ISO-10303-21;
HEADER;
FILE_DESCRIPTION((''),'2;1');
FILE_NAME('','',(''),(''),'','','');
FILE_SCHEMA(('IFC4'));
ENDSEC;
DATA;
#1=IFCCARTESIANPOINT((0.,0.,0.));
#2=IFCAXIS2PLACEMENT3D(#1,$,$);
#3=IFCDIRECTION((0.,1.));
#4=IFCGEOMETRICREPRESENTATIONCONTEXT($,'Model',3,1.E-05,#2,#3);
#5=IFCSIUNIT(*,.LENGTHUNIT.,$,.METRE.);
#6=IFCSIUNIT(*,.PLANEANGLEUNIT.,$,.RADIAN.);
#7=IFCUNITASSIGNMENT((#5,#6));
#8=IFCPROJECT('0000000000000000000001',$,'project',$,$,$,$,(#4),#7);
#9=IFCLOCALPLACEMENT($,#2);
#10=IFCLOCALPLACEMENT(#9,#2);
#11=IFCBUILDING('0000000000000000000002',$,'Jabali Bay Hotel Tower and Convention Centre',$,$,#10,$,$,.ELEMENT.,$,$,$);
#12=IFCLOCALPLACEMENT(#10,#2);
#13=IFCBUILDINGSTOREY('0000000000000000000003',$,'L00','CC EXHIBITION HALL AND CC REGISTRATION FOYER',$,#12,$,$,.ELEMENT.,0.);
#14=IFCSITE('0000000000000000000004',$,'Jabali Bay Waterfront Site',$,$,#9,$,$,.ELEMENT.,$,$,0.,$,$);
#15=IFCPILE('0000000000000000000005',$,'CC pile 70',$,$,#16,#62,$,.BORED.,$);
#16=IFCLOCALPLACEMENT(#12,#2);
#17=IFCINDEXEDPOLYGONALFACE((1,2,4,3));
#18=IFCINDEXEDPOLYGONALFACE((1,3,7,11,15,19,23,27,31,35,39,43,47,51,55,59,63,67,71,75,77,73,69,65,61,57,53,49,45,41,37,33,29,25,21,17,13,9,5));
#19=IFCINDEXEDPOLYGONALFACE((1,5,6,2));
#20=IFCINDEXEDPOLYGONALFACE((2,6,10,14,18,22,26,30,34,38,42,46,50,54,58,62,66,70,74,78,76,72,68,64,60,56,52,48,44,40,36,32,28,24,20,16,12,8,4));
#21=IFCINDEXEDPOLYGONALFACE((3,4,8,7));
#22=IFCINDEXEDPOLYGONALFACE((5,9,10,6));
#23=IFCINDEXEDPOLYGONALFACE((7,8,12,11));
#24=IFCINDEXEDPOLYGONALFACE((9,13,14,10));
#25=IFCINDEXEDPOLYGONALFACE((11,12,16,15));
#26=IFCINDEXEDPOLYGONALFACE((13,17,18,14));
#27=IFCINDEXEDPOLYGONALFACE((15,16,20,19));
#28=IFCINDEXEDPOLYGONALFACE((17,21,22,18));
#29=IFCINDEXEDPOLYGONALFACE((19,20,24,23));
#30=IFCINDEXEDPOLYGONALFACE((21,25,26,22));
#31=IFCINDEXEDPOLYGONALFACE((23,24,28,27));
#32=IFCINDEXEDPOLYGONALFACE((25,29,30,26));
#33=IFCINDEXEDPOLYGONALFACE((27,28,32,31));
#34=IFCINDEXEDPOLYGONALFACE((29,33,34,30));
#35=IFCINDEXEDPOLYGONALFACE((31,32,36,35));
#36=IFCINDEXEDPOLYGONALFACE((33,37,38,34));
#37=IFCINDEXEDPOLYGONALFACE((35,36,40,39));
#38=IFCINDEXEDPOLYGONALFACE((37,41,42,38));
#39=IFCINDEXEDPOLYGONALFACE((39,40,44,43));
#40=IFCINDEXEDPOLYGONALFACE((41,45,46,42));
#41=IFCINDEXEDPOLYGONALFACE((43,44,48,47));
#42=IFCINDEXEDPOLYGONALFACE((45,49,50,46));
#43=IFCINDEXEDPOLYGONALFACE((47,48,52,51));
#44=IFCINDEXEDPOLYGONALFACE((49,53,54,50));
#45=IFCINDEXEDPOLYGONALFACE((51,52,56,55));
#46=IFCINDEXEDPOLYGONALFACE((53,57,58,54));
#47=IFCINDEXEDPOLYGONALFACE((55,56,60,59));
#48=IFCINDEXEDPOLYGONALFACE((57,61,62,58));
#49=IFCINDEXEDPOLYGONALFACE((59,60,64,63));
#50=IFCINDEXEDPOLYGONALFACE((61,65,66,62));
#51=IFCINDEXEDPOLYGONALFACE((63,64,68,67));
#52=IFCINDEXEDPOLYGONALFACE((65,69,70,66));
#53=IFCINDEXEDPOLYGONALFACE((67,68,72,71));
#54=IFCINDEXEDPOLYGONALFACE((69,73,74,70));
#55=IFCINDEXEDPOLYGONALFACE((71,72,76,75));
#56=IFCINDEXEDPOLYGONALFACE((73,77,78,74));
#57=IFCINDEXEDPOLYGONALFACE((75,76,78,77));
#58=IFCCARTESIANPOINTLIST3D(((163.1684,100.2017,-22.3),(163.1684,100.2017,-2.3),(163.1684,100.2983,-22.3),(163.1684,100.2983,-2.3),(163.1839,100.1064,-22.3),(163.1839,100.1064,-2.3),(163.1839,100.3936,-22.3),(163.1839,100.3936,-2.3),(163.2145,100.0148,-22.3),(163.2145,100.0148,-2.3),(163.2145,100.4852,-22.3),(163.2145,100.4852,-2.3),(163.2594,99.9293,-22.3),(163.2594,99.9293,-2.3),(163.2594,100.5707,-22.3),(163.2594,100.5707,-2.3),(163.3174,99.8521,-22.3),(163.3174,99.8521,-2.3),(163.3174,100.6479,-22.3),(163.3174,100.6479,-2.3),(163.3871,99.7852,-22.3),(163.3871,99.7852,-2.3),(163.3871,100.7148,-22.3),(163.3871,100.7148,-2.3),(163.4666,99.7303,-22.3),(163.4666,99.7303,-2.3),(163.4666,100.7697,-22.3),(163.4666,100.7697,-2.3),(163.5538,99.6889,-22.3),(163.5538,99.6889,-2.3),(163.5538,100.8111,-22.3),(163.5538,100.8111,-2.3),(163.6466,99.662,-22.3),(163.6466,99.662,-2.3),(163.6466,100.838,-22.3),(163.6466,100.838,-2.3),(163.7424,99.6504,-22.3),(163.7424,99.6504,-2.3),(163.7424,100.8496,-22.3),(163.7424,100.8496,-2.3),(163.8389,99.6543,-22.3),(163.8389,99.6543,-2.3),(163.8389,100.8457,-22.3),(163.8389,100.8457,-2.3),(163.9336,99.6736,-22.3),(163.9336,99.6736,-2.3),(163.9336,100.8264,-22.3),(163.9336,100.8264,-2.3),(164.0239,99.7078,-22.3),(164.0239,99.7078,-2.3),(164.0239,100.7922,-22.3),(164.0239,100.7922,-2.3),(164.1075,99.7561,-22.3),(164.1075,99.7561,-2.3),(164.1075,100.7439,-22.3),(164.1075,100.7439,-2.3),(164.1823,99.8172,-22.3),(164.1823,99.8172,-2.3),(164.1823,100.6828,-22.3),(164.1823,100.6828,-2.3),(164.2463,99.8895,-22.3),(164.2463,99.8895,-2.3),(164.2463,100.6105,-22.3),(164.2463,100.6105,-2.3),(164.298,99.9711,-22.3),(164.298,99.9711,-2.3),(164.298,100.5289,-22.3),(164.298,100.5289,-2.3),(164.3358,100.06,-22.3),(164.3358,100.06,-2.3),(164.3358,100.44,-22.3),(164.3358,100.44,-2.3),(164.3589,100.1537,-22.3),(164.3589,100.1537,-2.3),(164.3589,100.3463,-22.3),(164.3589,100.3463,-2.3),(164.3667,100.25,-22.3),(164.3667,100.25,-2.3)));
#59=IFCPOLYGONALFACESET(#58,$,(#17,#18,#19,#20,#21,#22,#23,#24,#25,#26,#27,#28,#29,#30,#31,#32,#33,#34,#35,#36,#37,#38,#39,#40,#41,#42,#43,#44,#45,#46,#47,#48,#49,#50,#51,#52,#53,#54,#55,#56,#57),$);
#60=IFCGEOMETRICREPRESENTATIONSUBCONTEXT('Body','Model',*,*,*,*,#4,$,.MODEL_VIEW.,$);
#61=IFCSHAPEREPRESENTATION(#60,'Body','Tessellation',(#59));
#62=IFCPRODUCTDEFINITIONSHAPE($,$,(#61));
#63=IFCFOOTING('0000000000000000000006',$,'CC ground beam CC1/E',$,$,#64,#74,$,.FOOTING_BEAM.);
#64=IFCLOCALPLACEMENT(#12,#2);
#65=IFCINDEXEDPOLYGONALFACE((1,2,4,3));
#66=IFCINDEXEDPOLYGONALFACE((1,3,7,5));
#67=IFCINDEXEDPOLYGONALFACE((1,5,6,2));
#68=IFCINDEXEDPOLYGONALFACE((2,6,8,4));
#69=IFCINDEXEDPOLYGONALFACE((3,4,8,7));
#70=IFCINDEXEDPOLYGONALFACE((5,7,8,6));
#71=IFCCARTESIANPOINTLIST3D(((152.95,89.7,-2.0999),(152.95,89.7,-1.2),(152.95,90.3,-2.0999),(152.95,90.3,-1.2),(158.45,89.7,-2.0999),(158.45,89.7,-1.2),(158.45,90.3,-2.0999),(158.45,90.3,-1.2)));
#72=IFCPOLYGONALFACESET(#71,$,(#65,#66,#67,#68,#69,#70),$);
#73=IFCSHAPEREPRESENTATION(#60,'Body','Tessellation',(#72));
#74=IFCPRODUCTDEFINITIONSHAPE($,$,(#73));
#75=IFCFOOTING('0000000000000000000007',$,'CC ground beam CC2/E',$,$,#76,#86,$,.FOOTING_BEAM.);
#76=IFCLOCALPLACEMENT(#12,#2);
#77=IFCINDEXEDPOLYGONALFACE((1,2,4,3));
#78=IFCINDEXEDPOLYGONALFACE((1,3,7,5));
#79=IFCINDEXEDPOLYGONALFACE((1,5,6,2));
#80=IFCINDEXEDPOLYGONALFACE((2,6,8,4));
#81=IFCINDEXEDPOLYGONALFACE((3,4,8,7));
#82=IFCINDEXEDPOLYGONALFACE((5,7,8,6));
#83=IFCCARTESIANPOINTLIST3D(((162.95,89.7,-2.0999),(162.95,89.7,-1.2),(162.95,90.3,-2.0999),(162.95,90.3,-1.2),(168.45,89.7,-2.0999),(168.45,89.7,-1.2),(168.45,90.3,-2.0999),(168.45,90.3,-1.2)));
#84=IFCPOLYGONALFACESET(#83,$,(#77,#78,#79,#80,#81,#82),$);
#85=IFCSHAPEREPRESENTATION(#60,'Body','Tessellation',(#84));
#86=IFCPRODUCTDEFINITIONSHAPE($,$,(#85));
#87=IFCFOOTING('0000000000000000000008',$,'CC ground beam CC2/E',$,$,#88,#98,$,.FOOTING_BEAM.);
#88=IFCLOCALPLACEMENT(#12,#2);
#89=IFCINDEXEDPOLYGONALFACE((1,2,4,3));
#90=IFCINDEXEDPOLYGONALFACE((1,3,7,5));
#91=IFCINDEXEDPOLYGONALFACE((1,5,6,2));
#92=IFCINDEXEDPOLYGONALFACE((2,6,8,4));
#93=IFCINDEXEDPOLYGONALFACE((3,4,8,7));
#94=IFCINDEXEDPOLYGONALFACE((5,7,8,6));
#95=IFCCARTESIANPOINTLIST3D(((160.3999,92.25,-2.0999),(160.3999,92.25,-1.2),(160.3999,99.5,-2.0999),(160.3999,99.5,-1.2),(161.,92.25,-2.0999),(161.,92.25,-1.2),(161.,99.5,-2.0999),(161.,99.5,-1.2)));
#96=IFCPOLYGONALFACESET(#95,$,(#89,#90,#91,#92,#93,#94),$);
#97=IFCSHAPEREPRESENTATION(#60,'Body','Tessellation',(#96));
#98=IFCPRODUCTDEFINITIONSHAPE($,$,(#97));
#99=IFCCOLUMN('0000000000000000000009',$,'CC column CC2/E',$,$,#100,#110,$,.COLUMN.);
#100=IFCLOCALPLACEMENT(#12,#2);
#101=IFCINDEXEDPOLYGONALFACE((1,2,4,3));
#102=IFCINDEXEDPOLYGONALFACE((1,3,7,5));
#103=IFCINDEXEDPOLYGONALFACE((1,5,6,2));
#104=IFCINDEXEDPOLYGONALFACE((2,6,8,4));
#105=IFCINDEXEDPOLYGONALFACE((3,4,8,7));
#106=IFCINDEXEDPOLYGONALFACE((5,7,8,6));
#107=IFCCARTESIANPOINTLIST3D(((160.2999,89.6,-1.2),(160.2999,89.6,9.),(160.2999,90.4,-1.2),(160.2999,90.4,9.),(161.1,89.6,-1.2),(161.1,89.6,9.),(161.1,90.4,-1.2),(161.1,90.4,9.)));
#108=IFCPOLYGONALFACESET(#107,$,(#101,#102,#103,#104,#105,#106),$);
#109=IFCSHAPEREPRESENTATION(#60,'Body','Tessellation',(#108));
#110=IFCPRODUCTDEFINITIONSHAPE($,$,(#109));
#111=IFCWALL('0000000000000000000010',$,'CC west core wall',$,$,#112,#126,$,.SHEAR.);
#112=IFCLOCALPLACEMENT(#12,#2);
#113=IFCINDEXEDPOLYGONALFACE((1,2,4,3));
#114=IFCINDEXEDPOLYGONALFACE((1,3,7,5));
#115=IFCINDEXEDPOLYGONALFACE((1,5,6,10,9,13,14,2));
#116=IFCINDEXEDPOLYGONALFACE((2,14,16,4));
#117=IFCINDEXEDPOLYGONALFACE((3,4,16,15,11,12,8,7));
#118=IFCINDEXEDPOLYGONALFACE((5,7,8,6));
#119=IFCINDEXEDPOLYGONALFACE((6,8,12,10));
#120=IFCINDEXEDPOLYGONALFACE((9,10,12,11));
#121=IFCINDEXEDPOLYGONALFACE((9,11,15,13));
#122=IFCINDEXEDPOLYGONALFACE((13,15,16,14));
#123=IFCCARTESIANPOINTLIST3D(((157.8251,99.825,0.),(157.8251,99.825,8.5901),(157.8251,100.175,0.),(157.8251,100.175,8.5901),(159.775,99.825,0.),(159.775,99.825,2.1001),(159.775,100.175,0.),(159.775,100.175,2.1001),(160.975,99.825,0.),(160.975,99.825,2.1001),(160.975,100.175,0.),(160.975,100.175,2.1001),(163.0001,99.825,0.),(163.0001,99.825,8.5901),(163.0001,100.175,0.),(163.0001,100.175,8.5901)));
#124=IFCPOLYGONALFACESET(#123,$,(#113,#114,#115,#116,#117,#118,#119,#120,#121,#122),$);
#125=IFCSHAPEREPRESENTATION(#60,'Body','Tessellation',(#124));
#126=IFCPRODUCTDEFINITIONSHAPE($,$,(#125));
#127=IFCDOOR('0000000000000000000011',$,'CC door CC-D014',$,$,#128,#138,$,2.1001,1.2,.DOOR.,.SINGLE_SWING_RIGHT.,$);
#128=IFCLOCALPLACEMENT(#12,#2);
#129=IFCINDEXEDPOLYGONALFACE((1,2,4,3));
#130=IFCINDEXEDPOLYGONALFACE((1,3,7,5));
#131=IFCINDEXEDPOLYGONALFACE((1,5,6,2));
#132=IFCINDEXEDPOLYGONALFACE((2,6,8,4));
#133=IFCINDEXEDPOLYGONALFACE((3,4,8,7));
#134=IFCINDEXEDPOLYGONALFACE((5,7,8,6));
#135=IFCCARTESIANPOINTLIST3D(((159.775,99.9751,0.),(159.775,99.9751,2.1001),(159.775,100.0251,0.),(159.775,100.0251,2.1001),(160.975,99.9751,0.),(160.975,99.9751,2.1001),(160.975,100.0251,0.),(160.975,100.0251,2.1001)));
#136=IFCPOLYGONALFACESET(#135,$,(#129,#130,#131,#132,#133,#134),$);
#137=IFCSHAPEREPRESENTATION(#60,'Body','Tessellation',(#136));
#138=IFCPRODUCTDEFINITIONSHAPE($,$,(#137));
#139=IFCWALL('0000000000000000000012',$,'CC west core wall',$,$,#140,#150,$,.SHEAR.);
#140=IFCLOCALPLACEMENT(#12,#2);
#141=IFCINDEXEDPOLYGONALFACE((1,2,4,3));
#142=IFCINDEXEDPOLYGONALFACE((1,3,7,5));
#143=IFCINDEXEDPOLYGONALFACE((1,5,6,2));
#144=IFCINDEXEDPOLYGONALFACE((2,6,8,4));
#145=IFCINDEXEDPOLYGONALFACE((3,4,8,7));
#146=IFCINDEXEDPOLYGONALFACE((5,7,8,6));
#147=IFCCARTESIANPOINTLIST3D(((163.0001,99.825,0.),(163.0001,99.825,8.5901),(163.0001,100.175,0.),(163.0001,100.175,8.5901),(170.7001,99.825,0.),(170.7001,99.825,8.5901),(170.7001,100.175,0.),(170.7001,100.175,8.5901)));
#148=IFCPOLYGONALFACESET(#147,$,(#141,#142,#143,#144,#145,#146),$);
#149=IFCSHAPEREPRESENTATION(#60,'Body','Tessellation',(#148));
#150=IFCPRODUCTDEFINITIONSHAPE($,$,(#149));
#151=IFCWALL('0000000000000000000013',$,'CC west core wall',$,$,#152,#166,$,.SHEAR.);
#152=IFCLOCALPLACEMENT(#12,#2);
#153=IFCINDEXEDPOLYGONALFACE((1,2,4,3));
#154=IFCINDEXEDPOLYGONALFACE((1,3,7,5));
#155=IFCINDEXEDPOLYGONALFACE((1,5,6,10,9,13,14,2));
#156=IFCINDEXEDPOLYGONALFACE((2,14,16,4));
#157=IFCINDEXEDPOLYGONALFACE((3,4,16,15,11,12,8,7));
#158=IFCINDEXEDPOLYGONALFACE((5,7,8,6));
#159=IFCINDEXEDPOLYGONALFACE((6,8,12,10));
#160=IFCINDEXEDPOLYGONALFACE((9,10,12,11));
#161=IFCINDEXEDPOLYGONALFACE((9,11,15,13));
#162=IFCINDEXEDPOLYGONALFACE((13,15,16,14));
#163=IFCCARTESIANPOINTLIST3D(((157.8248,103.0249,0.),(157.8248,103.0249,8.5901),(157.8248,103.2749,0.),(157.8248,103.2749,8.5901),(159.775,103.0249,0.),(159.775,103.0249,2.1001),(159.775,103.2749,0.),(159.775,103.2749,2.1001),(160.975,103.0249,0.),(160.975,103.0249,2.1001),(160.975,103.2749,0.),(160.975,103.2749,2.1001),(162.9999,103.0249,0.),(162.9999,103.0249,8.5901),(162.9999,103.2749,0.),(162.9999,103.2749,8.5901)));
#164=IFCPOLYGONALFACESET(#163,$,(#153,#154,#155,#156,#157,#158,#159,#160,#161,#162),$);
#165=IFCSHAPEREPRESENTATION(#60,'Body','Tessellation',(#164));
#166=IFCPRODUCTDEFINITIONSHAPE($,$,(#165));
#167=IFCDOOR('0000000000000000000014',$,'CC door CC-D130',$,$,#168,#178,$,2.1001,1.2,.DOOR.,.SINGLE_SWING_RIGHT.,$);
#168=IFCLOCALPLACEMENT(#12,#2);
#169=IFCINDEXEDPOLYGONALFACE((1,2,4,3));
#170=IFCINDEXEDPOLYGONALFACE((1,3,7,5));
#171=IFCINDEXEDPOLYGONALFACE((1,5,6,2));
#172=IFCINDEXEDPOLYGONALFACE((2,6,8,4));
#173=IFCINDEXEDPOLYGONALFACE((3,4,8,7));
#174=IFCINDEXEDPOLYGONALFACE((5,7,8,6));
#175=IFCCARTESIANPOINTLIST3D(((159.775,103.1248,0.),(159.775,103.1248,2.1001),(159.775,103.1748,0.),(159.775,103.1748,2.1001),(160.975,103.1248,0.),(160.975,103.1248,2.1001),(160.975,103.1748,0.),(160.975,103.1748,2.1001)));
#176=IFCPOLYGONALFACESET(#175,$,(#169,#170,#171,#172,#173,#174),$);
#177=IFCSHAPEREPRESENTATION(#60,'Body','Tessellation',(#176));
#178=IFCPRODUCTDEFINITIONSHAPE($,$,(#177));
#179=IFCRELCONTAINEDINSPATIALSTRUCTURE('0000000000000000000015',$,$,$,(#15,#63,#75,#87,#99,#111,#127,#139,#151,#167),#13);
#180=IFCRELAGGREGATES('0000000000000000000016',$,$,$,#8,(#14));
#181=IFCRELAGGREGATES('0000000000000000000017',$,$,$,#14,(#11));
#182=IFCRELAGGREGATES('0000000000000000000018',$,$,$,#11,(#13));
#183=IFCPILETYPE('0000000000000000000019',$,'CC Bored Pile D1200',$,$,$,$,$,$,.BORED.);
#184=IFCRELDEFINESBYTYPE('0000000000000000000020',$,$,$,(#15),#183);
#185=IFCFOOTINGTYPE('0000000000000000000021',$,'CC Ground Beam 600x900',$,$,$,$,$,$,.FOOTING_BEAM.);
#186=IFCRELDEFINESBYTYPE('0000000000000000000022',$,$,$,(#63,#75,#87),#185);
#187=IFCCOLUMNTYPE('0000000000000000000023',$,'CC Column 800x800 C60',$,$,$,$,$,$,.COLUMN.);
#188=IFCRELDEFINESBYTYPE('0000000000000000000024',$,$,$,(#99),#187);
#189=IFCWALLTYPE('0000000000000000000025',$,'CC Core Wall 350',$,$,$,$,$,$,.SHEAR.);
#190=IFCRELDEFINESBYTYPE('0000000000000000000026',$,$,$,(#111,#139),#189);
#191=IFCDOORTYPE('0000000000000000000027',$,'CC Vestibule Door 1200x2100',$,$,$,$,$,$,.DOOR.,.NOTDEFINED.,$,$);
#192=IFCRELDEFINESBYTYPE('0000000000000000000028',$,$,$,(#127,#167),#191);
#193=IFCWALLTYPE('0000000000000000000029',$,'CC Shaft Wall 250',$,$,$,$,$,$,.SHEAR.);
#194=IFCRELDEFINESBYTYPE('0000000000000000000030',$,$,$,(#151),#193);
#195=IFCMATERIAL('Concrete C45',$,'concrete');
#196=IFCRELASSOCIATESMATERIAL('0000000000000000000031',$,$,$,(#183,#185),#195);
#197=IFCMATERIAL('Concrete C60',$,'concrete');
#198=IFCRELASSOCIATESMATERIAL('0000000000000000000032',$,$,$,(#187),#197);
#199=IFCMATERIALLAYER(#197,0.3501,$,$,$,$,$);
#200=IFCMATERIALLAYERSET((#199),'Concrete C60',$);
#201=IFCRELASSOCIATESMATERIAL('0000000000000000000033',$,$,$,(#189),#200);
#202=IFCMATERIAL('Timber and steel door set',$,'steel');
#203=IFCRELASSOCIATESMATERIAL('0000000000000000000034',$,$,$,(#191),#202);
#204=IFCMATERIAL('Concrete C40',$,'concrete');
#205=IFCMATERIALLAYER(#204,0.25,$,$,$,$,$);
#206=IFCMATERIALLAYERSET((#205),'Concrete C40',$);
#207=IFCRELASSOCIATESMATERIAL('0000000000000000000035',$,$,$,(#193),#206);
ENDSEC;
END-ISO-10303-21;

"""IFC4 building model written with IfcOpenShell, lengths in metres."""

from ifc_helpers import new_model, si_unit, direction, frame, frame_2d, origin, origin_2d, place, context, subcontext, project, spatial, rectangle, circle, extrude, material, layer, layer_set, material_profile, profile_set, type_object, element, fill, save


model = new_model("IFC4")

# Units and contexts
model_context = context("Model", 3, precision=1e-05, world=origin(), true_north=direction((0.0, 1.0)))
body_context = subcontext(model_context, "Body", "Model", "MODEL_VIEW")
ifc_project = project(units=[si_unit("LENGTHUNIT", "METRE"), si_unit("PLANEANGLEUNIT", "RADIAN")], contexts=[model_context])

# Site, building, storey
site_placement = place(None, origin())
site = spatial("IfcSite", under=ifc_project, at=site_placement, Name="Jabali Bay Waterfront Site", CompositionType="ELEMENT", RefElevation=0.0)
building_placement = place(site_placement, origin())
building = spatial("IfcBuilding", under=site, at=building_placement, Name="Jabali Bay Hotel Tower and Convention Centre", CompositionType="ELEMENT")
storey_placement = place(building_placement, origin())
storey = spatial("IfcBuildingStorey", under=building, at=storey_placement, Name="L00", Description="CC EXHIBITION HALL AND CC REGISTRATION FOYER", CompositionType="ELEMENT", Elevation=0.0)

# Pile
ifc_material_1 = material(Name="Concrete C45", Category="concrete")
ifc_material_profile_1 = material_profile(ifc_material_1, circle(Radius=0.6001, at=origin_2d()), Name="D1200")
ifc_profile_set_1 = profile_set([ifc_material_profile_1], Name="Concrete C45")
pile_type = type_object("IfcPileType", Name="CC Bored Pile D1200", PredefinedType="BORED", material=ifc_profile_set_1)
for number, where, z_axis, x_axis, name in (
    (1, (163.7666, 100.25, -2.3), (0.0, 0.0, -1.0), (1.0, 0.0, 0.0), "CC pile 70"),
):
    element("IfcPile", number, at=place(storey_placement, frame(where, z_axis=z_axis, x_axis=x_axis)), inside=storey, type_object=pile_type, Name=name, PredefinedType="BORED", context=body_context, shape_type="SweptSolid", body=[
        extrude(circle(Radius=0.6001, at=origin_2d()), origin(), (0.0, 0.0, 1.0), 20.0),
    ])

# Footings
ifc_material_profile_2 = material_profile(ifc_material_1, rectangle(XDim=0.6001, YDim=0.8999, at=origin_2d()), Name="RC 600x900")
ifc_profile_set_2 = profile_set([ifc_material_profile_2], Name="Concrete C45")
footing_type = type_object("IfcFootingType", Name="CC Ground Beam 600x900", PredefinedType="FOOTING_BEAM", material=ifc_profile_set_2)
for number, where, z_axis, x_axis, name in (
    (2, (152.95, 90.0, -1.6499), (1.0, 0.0, 0.0), (0.0, 1.0, 0.0), "CC ground beam CC1/E"),
    (3, (162.95, 90.0, -1.6499), (1.0, 0.0, 0.0), (0.0, 1.0, 0.0), "CC ground beam CC2/E"),
):
    element("IfcFooting", number, at=place(storey_placement, frame(where, z_axis=z_axis, x_axis=x_axis)), inside=storey, type_object=footing_type, Name=name, PredefinedType="FOOTING_BEAM", context=body_context, shape_type="SweptSolid", body=[
        extrude(rectangle(XDim=0.6001, YDim=0.8999, at=origin_2d()), origin(), (0.0, 0.0, 1.0), 5.5),
    ])
footing_placement = place(storey_placement, frame((160.7, 92.25, -1.6499), z_axis=(0.0, 1.0, 0.0), x_axis=(-1.0, 0.0, 0.0)))
element("IfcFooting", 4, at=footing_placement, inside=storey, type_object=footing_type, Name="CC ground beam CC2/E", PredefinedType="FOOTING_BEAM", context=body_context, shape_type="SweptSolid", body=[
    extrude(rectangle(XDim=0.6001, YDim=0.8999, at=origin_2d()), origin(), (0.0, 0.0, 1.0), 7.25),
])

# Column
ifc_material_2 = material(Name="Concrete C60", Category="concrete")
ifc_material_profile_3 = material_profile(ifc_material_2, rectangle(XDim=0.8, YDim=0.8, at=origin_2d()), Name="RC 800x800")
ifc_profile_set_3 = profile_set([ifc_material_profile_3], Name="Concrete C60")
column_type = type_object("IfcColumnType", Name="CC Column 800x800 C60", PredefinedType="COLUMN", material=ifc_profile_set_3)
column_placement = place(storey_placement, frame((160.7, 90.0, -1.2), z_axis=(0.0, 0.0, 1.0), x_axis=(1.0, 0.0, 0.0)))
element("IfcColumn", 5, at=column_placement, inside=storey, type_object=column_type, Name="CC column CC2/E", PredefinedType="COLUMN", context=body_context, shape_type="SweptSolid", body=[
    extrude(rectangle(XDim=0.8, YDim=0.8, at=origin_2d()), origin(), (0.0, 0.0, 1.0), 10.2),
])

# Wall, opening, door
ifc_layer_1 = layer(ifc_material_2, 0.3501)
ifc_layer_set_1 = layer_set([ifc_layer_1], Name="Concrete C60")
wall_type_1 = type_object("IfcWallType", Name="CC Core Wall 350", PredefinedType="SHEAR", material=ifc_layer_set_1)
wall_1_placement = place(storey_placement, frame((163.0, 100.0, 0.0), z_axis=(0.0, 0.0, 1.0), x_axis=(-1.0, 0.0, 0.0)))
wall_1 = element("IfcWall", 6, at=wall_1_placement, inside=storey, type_object=wall_type_1, Name="CC west core wall", PredefinedType="SHEAR", context=body_context, shape_type="SweptSolid", body=[
    extrude(rectangle(XDim=5.175, YDim=0.3501, at=frame_2d((2.5874, 0.0))), origin(), (0.0, 0.0, 1.0), 8.5901),
])
opening_1_placement = place(wall_1_placement, frame((2.0249, 0.0, 0.0)))
opening_1 = element("IfcOpeningElement", 7, at=opening_1_placement, cuts=wall_1, PredefinedType="OPENING", context=body_context, shape_type="SweptSolid", body=[
    extrude(rectangle(XDim=1.2, YDim=2.1001, at=frame_2d((0.6001, 1.05))), frame((0.0, 0.1855, 0.0), z_axis=(0.0, -1.0, 0.0), x_axis=(1.0, 0.0, 0.0)), (0.0, 0.0, 1.0), 0.3711),
])
ifc_material_3 = material(Name="Timber and steel door set", Category="steel")
door_type_1 = type_object("IfcDoorType", Name="CC Vestibule Door 1200x2100", OperationType="NOTDEFINED", PredefinedType="DOOR", material=ifc_material_3)
door_1_placement = place(opening_1_placement, origin())
door_1 = element("IfcDoor", 8, at=door_1_placement, inside=storey, type_object=door_type_1, Name="CC door CC-D014", OperationType="SINGLE_SWING_RIGHT", OverallHeight=2.1001, OverallWidth=1.2, PredefinedType="DOOR", context=body_context, shape_type="SweptSolid", body=[
    extrude(rectangle(XDim=1.2, YDim=2.1001, at=frame_2d((0.6001, 1.05))), frame((0.0, 0.0249, 0.0), z_axis=(0.0, -1.0, 0.0), x_axis=(1.0, 0.0, 0.0)), (0.0, 0.0, 1.0), 0.05),
])
fill(opening_1, door_1)

# Wall
wall_2_placement = place(storey_placement, frame((163.0, 100.0, 0.0), z_axis=(0.0, 0.0, 1.0), x_axis=(1.0, 0.0, 0.0)))
element("IfcWall", 9, at=wall_2_placement, inside=storey, type_object=wall_type_1, Name="CC west core wall", PredefinedType="SHEAR", context=body_context, shape_type="SweptSolid", body=[
    extrude(rectangle(XDim=7.7, YDim=0.3501, at=frame_2d((3.8501, 0.0))), origin(), (0.0, 0.0, 1.0), 8.5901),
])

# Wall, opening, door
ifc_material_4 = material(Name="Concrete C40", Category="concrete")
ifc_layer_2 = layer(ifc_material_4, 0.25)
ifc_layer_set_2 = layer_set([ifc_layer_2], Name="Concrete C40")
wall_type_2 = type_object("IfcWallType", Name="CC Shaft Wall 250", PredefinedType="SHEAR", material=ifc_layer_set_2)
wall_3_placement = place(storey_placement, frame((157.825, 103.1499, 0.0), z_axis=(0.0, 0.0, 1.0), x_axis=(1.0, 0.0, 0.0)))
wall_3 = element("IfcWall", 10, at=wall_3_placement, inside=storey, type_object=wall_type_2, Name="CC west core wall", PredefinedType="SHEAR", context=body_context, shape_type="SweptSolid", body=[
    extrude(rectangle(XDim=5.175, YDim=0.25, at=frame_2d((2.5874, 0.0))), origin(), (0.0, 0.0, 1.0), 8.5901),
])
opening_2_placement = place(wall_3_placement, frame((1.95, 0.0, 0.0)))
opening_2 = element("IfcOpeningElement", 11, at=opening_2_placement, cuts=wall_3, PredefinedType="OPENING", context=body_context, shape_type="SweptSolid", body=[
    extrude(rectangle(XDim=1.2, YDim=2.1001, at=frame_2d((0.6001, 1.05))), frame((0.0, 0.1355, 0.0), z_axis=(0.0, -1.0, 0.0), x_axis=(1.0, 0.0, 0.0)), (0.0, 0.0, 1.0), 0.271),
])
door_2_placement = place(opening_2_placement, origin())
door_2 = element("IfcDoor", 12, at=door_2_placement, inside=storey, type_object=door_type_1, Name="CC door CC-D130", OperationType="SINGLE_SWING_RIGHT", OverallHeight=2.1001, OverallWidth=1.2, PredefinedType="DOOR", context=body_context, shape_type="SweptSolid", body=[
    extrude(rectangle(XDim=1.2, YDim=2.1001, at=frame_2d((0.6001, 1.05))), frame((0.0, 0.0249, 0.0), z_axis=(0.0, -1.0, 0.0), x_axis=(1.0, 0.0, 0.0)), (0.0, 0.0, 1.0), 0.05),
])
fill(opening_2, door_2)

save(model, "model.ifc")
